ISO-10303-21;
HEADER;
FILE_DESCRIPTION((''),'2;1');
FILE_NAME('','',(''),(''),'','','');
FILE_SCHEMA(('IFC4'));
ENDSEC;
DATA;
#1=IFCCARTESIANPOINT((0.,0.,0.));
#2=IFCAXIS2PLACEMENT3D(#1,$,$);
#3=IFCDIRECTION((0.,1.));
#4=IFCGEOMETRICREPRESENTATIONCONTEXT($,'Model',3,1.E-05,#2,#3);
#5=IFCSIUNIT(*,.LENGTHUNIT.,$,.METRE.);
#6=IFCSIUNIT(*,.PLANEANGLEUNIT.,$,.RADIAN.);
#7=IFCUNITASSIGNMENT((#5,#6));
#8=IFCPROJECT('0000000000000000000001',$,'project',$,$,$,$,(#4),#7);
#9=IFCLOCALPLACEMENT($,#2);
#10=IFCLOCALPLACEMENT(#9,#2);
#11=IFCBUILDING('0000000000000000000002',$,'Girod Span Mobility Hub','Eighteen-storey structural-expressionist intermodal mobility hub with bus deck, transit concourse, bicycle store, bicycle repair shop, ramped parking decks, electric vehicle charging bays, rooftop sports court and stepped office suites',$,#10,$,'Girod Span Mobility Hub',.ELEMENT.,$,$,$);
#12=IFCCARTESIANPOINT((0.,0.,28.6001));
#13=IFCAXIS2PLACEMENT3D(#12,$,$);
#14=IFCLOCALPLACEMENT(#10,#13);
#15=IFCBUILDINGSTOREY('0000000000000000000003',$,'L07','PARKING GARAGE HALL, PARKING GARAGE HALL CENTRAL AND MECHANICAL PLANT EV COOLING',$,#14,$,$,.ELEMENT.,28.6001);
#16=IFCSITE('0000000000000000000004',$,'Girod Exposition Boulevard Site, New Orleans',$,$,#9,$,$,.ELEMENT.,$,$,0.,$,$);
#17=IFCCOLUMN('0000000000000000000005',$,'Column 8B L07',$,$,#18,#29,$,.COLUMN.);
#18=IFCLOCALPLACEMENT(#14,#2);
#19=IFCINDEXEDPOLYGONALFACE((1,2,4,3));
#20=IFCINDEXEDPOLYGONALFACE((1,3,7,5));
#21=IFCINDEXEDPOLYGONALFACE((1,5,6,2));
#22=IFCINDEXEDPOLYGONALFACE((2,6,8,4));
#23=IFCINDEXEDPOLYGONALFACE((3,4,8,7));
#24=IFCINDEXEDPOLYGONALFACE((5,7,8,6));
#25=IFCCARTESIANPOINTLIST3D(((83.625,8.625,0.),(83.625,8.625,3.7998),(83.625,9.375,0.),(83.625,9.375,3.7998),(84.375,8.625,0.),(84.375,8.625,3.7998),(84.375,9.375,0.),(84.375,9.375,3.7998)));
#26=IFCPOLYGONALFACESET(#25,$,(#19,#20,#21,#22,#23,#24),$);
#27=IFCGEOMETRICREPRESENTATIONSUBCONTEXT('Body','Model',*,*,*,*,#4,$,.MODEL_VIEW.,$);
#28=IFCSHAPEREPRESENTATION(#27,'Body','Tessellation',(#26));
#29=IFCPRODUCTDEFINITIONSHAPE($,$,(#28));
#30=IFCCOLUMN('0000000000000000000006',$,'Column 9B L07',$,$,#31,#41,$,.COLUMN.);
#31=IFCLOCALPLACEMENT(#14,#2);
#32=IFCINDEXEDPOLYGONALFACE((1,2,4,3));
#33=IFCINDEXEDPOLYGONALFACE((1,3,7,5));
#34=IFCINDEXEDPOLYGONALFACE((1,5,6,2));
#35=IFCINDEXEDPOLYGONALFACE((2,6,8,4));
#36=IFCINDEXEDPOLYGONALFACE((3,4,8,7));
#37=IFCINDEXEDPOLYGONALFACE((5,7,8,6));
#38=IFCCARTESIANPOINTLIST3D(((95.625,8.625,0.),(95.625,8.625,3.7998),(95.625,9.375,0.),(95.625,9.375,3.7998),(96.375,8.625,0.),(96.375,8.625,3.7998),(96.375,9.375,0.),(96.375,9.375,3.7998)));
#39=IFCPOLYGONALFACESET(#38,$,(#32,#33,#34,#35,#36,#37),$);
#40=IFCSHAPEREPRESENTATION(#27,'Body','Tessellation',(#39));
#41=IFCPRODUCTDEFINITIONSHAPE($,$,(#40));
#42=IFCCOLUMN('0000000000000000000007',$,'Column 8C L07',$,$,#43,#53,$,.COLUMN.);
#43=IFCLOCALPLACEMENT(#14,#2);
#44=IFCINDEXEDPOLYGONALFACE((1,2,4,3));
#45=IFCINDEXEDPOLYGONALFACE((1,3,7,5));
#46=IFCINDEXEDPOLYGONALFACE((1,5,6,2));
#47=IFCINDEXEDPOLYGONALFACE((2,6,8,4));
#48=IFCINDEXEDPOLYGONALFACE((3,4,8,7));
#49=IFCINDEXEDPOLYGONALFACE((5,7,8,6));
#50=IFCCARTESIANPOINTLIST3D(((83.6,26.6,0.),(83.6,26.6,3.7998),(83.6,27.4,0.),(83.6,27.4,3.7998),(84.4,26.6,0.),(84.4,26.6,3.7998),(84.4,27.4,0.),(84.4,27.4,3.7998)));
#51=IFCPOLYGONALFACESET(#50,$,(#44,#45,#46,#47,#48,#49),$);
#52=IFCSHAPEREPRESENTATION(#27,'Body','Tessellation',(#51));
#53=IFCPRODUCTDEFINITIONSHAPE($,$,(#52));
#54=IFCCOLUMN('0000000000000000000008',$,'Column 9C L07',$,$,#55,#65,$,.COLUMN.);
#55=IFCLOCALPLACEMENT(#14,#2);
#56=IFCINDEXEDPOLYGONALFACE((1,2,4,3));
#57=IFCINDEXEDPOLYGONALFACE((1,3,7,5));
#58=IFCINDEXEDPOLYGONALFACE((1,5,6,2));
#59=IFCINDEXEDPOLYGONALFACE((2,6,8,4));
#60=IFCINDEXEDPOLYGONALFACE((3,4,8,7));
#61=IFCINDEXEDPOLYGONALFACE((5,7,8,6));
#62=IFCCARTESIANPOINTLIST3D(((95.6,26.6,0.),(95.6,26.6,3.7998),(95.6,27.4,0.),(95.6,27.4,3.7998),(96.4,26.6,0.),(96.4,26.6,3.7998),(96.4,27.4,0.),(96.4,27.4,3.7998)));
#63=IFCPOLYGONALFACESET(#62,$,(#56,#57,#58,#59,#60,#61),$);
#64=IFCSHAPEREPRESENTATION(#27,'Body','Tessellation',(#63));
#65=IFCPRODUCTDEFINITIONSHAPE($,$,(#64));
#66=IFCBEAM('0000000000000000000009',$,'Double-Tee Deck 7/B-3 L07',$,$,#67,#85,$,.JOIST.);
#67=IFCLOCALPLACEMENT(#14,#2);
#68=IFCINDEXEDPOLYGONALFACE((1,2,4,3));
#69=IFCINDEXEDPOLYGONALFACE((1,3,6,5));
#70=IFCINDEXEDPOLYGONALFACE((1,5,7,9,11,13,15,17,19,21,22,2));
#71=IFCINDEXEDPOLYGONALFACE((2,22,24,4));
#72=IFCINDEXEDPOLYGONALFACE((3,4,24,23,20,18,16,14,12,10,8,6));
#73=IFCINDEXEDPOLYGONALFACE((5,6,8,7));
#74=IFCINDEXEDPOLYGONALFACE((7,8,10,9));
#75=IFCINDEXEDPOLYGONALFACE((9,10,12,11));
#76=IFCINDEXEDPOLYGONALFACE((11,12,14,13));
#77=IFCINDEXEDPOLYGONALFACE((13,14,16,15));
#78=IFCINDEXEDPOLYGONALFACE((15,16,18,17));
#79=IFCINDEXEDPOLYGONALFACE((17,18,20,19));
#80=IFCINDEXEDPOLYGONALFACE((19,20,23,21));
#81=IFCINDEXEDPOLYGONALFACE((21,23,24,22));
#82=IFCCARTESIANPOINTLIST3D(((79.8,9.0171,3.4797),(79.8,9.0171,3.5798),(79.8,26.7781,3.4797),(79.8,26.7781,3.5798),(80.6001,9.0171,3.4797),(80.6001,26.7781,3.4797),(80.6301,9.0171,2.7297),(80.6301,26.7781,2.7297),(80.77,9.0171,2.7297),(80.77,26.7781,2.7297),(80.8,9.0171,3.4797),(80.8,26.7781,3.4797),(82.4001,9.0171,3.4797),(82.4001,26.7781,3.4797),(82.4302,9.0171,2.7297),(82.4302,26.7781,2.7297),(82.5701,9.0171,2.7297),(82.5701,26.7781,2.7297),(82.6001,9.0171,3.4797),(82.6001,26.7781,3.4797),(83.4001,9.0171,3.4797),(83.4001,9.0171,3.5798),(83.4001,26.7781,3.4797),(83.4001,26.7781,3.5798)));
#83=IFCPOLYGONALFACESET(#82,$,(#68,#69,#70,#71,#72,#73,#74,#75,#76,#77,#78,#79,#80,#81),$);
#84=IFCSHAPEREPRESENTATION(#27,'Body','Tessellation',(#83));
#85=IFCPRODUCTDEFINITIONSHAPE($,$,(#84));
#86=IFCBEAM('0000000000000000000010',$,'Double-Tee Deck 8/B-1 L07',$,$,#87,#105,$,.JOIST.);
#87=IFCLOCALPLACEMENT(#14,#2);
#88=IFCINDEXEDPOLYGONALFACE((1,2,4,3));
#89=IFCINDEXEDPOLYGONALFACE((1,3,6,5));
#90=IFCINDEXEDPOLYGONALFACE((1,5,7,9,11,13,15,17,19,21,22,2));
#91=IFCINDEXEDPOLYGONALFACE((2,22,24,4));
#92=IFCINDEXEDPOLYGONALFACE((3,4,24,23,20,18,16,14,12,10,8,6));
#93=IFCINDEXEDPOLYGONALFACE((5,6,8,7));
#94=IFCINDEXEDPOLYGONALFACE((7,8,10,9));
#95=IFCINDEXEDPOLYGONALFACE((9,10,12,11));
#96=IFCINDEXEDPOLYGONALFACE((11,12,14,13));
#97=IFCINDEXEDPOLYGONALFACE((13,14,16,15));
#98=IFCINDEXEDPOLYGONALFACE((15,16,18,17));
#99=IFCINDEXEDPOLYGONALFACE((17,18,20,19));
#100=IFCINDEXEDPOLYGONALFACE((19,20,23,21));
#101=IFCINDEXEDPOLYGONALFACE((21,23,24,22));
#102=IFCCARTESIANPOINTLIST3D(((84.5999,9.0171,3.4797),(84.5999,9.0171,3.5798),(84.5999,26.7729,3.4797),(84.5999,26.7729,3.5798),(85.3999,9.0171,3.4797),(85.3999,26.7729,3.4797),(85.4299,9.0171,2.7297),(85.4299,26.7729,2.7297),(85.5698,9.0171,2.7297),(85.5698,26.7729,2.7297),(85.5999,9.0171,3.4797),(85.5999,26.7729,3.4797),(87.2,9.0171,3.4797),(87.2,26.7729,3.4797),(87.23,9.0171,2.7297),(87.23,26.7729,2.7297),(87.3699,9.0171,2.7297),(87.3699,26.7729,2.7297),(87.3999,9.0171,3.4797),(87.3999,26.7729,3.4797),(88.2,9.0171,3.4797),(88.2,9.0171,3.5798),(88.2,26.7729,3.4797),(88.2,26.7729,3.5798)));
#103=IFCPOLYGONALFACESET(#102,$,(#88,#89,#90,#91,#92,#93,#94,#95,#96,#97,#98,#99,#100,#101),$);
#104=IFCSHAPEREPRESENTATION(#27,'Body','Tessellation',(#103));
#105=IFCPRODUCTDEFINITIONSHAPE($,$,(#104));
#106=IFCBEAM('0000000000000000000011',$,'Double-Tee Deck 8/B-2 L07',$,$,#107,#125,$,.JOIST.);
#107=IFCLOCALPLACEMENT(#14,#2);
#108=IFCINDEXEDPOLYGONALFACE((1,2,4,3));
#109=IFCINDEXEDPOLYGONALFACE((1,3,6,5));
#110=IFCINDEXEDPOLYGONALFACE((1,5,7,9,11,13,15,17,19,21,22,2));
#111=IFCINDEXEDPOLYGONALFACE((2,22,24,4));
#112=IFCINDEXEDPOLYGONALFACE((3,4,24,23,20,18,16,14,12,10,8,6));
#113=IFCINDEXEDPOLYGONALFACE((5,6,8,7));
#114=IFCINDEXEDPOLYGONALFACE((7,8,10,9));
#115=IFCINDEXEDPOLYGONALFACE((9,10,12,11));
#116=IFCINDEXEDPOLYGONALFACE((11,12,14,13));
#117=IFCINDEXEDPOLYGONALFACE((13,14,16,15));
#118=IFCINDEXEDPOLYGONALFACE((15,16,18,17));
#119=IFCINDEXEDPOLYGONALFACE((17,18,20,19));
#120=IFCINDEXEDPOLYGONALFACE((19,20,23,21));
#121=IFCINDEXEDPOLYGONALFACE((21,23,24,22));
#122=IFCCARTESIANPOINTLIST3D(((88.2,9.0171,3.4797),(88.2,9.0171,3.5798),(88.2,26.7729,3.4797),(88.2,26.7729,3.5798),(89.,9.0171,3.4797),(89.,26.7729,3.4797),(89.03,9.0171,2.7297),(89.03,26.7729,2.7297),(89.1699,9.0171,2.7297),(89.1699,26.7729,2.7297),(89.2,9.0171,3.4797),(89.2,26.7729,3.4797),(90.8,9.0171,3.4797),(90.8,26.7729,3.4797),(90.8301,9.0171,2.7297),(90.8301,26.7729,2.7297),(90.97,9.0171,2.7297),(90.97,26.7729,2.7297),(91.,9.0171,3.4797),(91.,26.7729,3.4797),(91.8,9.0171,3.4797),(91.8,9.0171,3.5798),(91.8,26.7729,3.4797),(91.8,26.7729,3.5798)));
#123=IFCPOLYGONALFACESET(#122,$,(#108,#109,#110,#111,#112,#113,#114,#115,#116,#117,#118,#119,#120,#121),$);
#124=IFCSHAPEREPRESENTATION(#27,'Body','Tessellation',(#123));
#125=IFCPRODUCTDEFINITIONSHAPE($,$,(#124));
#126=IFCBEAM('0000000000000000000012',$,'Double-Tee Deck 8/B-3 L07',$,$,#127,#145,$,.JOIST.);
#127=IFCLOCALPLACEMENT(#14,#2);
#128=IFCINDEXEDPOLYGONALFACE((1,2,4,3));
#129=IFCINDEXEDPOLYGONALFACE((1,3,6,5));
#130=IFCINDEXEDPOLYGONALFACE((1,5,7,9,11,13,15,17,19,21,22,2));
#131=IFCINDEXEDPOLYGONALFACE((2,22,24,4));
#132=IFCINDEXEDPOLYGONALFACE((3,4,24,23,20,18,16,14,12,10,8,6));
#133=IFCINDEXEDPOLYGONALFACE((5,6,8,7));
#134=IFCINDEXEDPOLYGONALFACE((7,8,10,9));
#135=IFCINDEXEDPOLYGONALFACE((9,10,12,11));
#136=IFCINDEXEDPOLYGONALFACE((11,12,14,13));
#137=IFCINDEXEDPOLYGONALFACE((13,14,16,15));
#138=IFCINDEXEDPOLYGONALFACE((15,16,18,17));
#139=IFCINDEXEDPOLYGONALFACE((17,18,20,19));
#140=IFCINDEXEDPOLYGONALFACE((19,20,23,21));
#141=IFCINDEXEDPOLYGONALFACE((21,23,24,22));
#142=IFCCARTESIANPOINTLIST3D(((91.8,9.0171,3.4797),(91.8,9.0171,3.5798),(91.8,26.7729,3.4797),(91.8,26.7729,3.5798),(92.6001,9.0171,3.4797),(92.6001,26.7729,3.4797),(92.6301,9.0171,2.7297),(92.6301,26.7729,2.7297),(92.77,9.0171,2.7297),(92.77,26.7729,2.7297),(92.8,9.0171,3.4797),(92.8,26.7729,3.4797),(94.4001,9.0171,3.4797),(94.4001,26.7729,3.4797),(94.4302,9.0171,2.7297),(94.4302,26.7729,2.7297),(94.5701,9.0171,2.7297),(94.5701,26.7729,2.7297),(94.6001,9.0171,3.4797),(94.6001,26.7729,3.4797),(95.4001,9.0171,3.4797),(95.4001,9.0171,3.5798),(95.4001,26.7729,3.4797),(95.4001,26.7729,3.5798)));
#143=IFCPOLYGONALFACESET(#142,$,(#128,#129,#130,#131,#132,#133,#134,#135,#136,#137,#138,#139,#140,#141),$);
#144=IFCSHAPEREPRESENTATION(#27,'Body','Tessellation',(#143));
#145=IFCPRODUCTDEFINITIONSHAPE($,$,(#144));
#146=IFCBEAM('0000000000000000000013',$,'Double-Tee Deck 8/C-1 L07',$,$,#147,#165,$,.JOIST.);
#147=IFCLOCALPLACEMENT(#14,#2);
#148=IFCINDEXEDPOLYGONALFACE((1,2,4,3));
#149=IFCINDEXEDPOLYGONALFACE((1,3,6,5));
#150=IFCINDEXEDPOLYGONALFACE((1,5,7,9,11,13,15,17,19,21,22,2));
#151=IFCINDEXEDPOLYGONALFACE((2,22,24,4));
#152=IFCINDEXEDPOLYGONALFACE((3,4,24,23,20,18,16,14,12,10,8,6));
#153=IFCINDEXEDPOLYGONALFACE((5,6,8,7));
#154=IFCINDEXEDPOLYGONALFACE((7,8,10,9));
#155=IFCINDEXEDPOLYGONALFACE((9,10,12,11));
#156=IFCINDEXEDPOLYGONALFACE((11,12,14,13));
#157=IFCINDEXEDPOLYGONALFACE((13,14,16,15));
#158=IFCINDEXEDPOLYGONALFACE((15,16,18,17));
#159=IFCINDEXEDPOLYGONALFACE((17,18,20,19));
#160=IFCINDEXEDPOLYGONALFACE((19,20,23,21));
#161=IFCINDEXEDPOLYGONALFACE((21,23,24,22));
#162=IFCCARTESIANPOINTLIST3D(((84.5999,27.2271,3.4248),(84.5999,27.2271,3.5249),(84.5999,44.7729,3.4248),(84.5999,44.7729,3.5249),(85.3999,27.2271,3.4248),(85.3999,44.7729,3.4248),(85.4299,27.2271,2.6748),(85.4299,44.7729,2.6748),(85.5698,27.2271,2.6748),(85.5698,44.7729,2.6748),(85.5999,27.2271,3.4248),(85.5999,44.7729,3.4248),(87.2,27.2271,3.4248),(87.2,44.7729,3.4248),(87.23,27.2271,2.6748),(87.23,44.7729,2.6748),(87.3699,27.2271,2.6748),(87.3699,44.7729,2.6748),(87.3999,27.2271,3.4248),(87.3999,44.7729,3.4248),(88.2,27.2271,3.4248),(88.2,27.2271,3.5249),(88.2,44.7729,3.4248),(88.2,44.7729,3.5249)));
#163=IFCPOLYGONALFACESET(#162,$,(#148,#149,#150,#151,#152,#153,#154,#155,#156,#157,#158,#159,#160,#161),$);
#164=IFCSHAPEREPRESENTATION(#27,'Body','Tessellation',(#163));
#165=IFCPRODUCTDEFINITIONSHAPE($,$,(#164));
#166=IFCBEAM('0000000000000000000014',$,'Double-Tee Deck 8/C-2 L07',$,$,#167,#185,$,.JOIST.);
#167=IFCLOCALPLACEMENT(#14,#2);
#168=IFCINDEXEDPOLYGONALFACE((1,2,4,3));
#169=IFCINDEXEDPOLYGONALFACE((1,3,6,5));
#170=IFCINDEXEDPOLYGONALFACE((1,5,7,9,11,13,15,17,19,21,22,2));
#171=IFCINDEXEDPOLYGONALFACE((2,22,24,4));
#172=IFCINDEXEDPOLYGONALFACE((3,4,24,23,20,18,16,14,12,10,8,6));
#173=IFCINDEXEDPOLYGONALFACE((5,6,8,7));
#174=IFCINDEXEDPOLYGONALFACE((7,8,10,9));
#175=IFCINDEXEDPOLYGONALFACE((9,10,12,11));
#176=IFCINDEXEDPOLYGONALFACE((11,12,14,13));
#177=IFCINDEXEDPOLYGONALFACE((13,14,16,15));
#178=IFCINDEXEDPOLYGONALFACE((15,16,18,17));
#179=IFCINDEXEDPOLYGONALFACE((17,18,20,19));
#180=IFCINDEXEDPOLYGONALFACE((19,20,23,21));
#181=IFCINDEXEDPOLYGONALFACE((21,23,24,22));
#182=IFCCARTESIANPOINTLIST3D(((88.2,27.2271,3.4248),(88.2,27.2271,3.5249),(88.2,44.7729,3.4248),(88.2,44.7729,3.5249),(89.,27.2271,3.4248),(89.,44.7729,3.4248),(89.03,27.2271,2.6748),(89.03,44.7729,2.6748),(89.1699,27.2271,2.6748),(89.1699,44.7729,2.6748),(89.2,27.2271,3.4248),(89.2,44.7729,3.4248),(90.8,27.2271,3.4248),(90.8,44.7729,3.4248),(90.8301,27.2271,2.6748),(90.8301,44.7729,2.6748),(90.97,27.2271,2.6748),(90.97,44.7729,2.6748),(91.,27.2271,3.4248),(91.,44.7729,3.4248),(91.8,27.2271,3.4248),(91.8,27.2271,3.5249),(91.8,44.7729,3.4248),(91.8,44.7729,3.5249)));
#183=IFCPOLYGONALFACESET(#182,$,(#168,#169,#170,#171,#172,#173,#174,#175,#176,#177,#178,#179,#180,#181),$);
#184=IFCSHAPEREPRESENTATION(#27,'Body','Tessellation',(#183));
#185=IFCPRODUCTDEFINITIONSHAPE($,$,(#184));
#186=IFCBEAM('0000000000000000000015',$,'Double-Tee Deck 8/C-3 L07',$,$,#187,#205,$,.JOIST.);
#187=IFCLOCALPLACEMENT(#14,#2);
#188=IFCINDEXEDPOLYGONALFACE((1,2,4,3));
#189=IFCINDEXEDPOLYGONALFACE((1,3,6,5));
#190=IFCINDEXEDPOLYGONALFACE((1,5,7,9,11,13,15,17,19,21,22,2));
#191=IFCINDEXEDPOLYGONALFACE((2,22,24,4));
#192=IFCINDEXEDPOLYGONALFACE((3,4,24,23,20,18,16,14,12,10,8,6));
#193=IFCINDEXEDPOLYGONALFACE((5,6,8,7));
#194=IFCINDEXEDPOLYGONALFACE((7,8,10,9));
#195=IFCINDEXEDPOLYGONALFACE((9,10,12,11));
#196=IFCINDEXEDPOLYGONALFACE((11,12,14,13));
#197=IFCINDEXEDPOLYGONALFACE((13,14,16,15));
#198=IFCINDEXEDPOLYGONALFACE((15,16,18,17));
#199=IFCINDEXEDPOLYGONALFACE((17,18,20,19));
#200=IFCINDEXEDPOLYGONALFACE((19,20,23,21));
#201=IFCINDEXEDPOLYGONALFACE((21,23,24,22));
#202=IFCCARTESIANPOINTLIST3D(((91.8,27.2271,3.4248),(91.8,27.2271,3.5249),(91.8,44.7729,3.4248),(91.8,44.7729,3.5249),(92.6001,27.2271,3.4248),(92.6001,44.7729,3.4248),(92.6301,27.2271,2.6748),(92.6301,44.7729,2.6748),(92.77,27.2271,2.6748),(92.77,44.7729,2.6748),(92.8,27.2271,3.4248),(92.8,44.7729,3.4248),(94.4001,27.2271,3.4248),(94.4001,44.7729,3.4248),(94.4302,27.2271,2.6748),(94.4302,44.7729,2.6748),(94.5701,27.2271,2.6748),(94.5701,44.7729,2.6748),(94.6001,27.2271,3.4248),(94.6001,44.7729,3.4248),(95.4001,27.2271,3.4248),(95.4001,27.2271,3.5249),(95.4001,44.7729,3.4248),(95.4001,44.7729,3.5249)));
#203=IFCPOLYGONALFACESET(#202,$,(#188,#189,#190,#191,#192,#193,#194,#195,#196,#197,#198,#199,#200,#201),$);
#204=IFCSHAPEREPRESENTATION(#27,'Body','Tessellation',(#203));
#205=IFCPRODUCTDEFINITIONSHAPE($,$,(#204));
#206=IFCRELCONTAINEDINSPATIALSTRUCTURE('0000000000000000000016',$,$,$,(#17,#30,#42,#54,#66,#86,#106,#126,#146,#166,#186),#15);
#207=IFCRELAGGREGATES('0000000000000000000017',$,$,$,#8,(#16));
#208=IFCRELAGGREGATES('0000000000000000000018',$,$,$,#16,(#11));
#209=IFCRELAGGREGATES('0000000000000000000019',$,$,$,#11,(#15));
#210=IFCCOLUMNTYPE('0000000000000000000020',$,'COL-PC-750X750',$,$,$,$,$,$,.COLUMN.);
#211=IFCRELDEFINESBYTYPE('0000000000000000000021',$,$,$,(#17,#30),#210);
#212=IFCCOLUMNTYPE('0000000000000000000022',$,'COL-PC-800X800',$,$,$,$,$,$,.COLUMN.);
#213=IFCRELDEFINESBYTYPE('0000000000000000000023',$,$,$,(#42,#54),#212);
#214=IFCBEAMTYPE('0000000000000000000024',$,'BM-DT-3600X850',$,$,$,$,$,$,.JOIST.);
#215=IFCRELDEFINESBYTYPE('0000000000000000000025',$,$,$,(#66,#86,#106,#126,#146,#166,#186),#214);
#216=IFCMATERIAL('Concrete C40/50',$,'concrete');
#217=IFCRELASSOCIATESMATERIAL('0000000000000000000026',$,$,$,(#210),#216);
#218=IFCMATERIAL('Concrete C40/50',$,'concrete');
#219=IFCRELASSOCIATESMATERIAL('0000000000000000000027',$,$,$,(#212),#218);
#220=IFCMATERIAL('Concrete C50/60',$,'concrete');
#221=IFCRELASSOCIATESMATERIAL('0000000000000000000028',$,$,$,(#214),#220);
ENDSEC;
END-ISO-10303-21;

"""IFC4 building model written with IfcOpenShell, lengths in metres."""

from ifc_helpers import new_model, si_unit, direction, frame, origin, origin_2d, place, context, subcontext, project, spatial, polyline, rectangle, outline, extrude, material, material_profile, profile_set, type_object, element, save


model = new_model("IFC4")

# Units and contexts
model_context = context("Model", 3, precision=1e-05, world=origin(), true_north=direction((0.0, 1.0)))
body_context = subcontext(model_context, "Body", "Model", "MODEL_VIEW")
ifc_project = project(units=[si_unit("LENGTHUNIT", "METRE"), si_unit("PLANEANGLEUNIT", "RADIAN")], contexts=[model_context])

# Site, building, storey
site_placement = place(None, origin())
site = spatial("IfcSite", under=ifc_project, at=site_placement, Name="Girod Exposition Boulevard Site, New Orleans", CompositionType="ELEMENT", RefElevation=0.0)
building_placement = place(site_placement, origin())
building = spatial("IfcBuilding", under=site, at=building_placement, Name="Girod Span Mobility Hub", Description="Eighteen-storey structural-expressionist intermodal mobility hub with bus deck, transit concourse, bicycle store, bicycle repair shop, ramped parking decks, electric vehicle charging bays, rooftop sports court and stepped office suites", LongName="Girod Span Mobility Hub", CompositionType="ELEMENT")
storey_placement = place(building_placement, frame((0.0, 0.0, 28.6001)))
storey = spatial("IfcBuildingStorey", under=building, at=storey_placement, Name="L07", Description="PARKING GARAGE HALL, PARKING GARAGE HALL CENTRAL AND MECHANICAL PLANT EV COOLING", CompositionType="ELEMENT", Elevation=28.6001)

# Columns
ifc_material_1 = material(Name="Concrete C40/50", Category="concrete")
ifc_material_profile_1 = material_profile(ifc_material_1, rectangle(XDim=0.75, YDim=0.75, at=origin_2d()), Name="PC-COL-750X750")
ifc_profile_set_1 = profile_set([ifc_material_profile_1], Name="Concrete C40/50")
column_type_1 = type_object("IfcColumnType", Name="COL-PC-750X750", PredefinedType="COLUMN", material=ifc_profile_set_1)
for number, where, z_axis, x_axis, name in (
    (1, (84.0, 9.0, 0.0), (0.0, 0.0, 1.0), (1.0, 0.0, 0.0), "Column 8B L07"),
    (2, (96.0, 9.0, 0.0), (0.0, 0.0, 1.0), (1.0, 0.0, 0.0), "Column 9B L07"),
):
    element("IfcColumn", number, at=place(storey_placement, frame(where, z_axis=z_axis, x_axis=x_axis)), inside=storey, type_object=column_type_1, Name=name, PredefinedType="COLUMN", context=body_context, shape_type="SweptSolid", body=[
        extrude(rectangle(XDim=0.75, YDim=0.75, at=origin_2d()), origin(), (0.0, 0.0, 1.0), 3.7998),
    ])
ifc_material_2 = material(Name="Concrete C40/50", Category="concrete")
ifc_material_profile_2 = material_profile(ifc_material_2, rectangle(XDim=0.8, YDim=0.8, at=origin_2d()), Name="PC-COL-800X800")
ifc_profile_set_2 = profile_set([ifc_material_profile_2], Name="Concrete C40/50")
column_type_2 = type_object("IfcColumnType", Name="COL-PC-800X800", PredefinedType="COLUMN", material=ifc_profile_set_2)
for number, where, z_axis, x_axis, name in (
    (3, (84.0, 27.0, 0.0), (0.0, 0.0, 1.0), (1.0, 0.0, 0.0), "Column 8C L07"),
    (4, (96.0, 27.0, 0.0), (0.0, 0.0, 1.0), (1.0, 0.0, 0.0), "Column 9C L07"),
):
    element("IfcColumn", number, at=place(storey_placement, frame(where, z_axis=z_axis, x_axis=x_axis)), inside=storey, type_object=column_type_2, Name=name, PredefinedType="COLUMN", context=body_context, shape_type="SweptSolid", body=[
        extrude(rectangle(XDim=0.8, YDim=0.8, at=origin_2d()), origin(), (0.0, 0.0, 1.0), 3.7998),
    ])

# Beams
ifc_material_3 = material(Name="Concrete C50/60", Category="concrete")
ifc_material_profile_3 = material_profile(ifc_material_3, outline(polyline([(-1.8, 0.425), (-1.8, 0.325), (-1.0, 0.325), (-0.97, -0.425), (-0.8301, -0.425), (-0.8, 0.325), (0.8, 0.325), (0.8301, -0.425), (0.97, -0.425), (1.0, 0.325), (1.8, 0.325), (1.8, 0.425), (-1.8, 0.425)])), Name="DT-3600X850")
ifc_profile_set_3 = profile_set([ifc_material_profile_3], Name="Concrete C50/60")
beam_type_1 = type_object("IfcBeamType", Name="BM-DT-3600X850", PredefinedType="JOIST", material=ifc_profile_set_3)
beam_1_placement = place(storey_placement, frame((81.6001, 9.0171, 3.1548), z_axis=(0.0, 1.0, 0.0), x_axis=(-1.0, 0.0, 0.0)))
element("IfcBeam", 5, at=beam_1_placement, inside=storey, type_object=beam_type_1, Name="Double-Tee Deck 7/B-3 L07", PredefinedType="JOIST", context=body_context, shape_type="SweptSolid", body=[
    extrude(outline(polyline([(-1.8, 0.425), (-1.8, 0.325), (-1.0, 0.325), (-0.97, -0.425), (-0.8301, -0.425), (-0.8, 0.325), (0.8, 0.325), (0.8301, -0.425), (0.97, -0.425), (1.0, 0.325), (1.8, 0.325), (1.8, 0.425), (-1.8, 0.425)])), origin(), (0.0, 0.0, 1.0), 17.761),
])
for number, where, z_axis, x_axis, name in (
    (6, (86.3999, 9.0171, 3.1548), (0.0, 1.0, 0.0), (-1.0, 0.0, 0.0), "Double-Tee Deck 8/B-1 L07"),
    (7, (90.0, 9.0171, 3.1548), (0.0, 1.0, 0.0), (-1.0, 0.0, 0.0), "Double-Tee Deck 8/B-2 L07"),
    (8, (93.6001, 9.0171, 3.1548), (0.0, 1.0, 0.0), (-1.0, 0.0, 0.0), "Double-Tee Deck 8/B-3 L07"),
):
    element("IfcBeam", number, at=place(storey_placement, frame(where, z_axis=z_axis, x_axis=x_axis)), inside=storey, type_object=beam_type_1, Name=name, PredefinedType="JOIST", context=body_context, shape_type="SweptSolid", body=[
        extrude(outline(polyline([(-1.8, 0.425), (-1.8, 0.325), (-1.0, 0.325), (-0.97, -0.425), (-0.8301, -0.425), (-0.8, 0.325), (0.8, 0.325), (0.8301, -0.425), (0.97, -0.425), (1.0, 0.325), (1.8, 0.325), (1.8, 0.425), (-1.8, 0.425)])), origin(), (0.0, 0.0, 1.0), 17.7559),
    ])
for number, where, z_axis, x_axis, name in (
    (9, (86.3999, 27.2271, 3.0999), (0.0, 1.0, 0.0), (-1.0, 0.0, 0.0), "Double-Tee Deck 8/C-1 L07"),
    (10, (90.0, 27.2271, 3.0999), (0.0, 1.0, 0.0), (-1.0, 0.0, 0.0), "Double-Tee Deck 8/C-2 L07"),
    (11, (93.6001, 27.2271, 3.0999), (0.0, 1.0, 0.0), (-1.0, 0.0, 0.0), "Double-Tee Deck 8/C-3 L07"),
):
    element("IfcBeam", number, at=place(storey_placement, frame(where, z_axis=z_axis, x_axis=x_axis)), inside=storey, type_object=beam_type_1, Name=name, PredefinedType="JOIST", context=body_context, shape_type="SweptSolid", body=[
        extrude(outline(polyline([(-1.8, 0.425), (-1.8, 0.325), (-1.0, 0.325), (-0.97, -0.425), (-0.8301, -0.425), (-0.8, 0.325), (0.8, 0.325), (0.8301, -0.425), (0.97, -0.425), (1.0, 0.325), (1.8, 0.325), (1.8, 0.425), (-1.8, 0.425)])), origin(), (0.0, 0.0, 1.0), 17.5459),
    ])

save(model, "model.ifc")
